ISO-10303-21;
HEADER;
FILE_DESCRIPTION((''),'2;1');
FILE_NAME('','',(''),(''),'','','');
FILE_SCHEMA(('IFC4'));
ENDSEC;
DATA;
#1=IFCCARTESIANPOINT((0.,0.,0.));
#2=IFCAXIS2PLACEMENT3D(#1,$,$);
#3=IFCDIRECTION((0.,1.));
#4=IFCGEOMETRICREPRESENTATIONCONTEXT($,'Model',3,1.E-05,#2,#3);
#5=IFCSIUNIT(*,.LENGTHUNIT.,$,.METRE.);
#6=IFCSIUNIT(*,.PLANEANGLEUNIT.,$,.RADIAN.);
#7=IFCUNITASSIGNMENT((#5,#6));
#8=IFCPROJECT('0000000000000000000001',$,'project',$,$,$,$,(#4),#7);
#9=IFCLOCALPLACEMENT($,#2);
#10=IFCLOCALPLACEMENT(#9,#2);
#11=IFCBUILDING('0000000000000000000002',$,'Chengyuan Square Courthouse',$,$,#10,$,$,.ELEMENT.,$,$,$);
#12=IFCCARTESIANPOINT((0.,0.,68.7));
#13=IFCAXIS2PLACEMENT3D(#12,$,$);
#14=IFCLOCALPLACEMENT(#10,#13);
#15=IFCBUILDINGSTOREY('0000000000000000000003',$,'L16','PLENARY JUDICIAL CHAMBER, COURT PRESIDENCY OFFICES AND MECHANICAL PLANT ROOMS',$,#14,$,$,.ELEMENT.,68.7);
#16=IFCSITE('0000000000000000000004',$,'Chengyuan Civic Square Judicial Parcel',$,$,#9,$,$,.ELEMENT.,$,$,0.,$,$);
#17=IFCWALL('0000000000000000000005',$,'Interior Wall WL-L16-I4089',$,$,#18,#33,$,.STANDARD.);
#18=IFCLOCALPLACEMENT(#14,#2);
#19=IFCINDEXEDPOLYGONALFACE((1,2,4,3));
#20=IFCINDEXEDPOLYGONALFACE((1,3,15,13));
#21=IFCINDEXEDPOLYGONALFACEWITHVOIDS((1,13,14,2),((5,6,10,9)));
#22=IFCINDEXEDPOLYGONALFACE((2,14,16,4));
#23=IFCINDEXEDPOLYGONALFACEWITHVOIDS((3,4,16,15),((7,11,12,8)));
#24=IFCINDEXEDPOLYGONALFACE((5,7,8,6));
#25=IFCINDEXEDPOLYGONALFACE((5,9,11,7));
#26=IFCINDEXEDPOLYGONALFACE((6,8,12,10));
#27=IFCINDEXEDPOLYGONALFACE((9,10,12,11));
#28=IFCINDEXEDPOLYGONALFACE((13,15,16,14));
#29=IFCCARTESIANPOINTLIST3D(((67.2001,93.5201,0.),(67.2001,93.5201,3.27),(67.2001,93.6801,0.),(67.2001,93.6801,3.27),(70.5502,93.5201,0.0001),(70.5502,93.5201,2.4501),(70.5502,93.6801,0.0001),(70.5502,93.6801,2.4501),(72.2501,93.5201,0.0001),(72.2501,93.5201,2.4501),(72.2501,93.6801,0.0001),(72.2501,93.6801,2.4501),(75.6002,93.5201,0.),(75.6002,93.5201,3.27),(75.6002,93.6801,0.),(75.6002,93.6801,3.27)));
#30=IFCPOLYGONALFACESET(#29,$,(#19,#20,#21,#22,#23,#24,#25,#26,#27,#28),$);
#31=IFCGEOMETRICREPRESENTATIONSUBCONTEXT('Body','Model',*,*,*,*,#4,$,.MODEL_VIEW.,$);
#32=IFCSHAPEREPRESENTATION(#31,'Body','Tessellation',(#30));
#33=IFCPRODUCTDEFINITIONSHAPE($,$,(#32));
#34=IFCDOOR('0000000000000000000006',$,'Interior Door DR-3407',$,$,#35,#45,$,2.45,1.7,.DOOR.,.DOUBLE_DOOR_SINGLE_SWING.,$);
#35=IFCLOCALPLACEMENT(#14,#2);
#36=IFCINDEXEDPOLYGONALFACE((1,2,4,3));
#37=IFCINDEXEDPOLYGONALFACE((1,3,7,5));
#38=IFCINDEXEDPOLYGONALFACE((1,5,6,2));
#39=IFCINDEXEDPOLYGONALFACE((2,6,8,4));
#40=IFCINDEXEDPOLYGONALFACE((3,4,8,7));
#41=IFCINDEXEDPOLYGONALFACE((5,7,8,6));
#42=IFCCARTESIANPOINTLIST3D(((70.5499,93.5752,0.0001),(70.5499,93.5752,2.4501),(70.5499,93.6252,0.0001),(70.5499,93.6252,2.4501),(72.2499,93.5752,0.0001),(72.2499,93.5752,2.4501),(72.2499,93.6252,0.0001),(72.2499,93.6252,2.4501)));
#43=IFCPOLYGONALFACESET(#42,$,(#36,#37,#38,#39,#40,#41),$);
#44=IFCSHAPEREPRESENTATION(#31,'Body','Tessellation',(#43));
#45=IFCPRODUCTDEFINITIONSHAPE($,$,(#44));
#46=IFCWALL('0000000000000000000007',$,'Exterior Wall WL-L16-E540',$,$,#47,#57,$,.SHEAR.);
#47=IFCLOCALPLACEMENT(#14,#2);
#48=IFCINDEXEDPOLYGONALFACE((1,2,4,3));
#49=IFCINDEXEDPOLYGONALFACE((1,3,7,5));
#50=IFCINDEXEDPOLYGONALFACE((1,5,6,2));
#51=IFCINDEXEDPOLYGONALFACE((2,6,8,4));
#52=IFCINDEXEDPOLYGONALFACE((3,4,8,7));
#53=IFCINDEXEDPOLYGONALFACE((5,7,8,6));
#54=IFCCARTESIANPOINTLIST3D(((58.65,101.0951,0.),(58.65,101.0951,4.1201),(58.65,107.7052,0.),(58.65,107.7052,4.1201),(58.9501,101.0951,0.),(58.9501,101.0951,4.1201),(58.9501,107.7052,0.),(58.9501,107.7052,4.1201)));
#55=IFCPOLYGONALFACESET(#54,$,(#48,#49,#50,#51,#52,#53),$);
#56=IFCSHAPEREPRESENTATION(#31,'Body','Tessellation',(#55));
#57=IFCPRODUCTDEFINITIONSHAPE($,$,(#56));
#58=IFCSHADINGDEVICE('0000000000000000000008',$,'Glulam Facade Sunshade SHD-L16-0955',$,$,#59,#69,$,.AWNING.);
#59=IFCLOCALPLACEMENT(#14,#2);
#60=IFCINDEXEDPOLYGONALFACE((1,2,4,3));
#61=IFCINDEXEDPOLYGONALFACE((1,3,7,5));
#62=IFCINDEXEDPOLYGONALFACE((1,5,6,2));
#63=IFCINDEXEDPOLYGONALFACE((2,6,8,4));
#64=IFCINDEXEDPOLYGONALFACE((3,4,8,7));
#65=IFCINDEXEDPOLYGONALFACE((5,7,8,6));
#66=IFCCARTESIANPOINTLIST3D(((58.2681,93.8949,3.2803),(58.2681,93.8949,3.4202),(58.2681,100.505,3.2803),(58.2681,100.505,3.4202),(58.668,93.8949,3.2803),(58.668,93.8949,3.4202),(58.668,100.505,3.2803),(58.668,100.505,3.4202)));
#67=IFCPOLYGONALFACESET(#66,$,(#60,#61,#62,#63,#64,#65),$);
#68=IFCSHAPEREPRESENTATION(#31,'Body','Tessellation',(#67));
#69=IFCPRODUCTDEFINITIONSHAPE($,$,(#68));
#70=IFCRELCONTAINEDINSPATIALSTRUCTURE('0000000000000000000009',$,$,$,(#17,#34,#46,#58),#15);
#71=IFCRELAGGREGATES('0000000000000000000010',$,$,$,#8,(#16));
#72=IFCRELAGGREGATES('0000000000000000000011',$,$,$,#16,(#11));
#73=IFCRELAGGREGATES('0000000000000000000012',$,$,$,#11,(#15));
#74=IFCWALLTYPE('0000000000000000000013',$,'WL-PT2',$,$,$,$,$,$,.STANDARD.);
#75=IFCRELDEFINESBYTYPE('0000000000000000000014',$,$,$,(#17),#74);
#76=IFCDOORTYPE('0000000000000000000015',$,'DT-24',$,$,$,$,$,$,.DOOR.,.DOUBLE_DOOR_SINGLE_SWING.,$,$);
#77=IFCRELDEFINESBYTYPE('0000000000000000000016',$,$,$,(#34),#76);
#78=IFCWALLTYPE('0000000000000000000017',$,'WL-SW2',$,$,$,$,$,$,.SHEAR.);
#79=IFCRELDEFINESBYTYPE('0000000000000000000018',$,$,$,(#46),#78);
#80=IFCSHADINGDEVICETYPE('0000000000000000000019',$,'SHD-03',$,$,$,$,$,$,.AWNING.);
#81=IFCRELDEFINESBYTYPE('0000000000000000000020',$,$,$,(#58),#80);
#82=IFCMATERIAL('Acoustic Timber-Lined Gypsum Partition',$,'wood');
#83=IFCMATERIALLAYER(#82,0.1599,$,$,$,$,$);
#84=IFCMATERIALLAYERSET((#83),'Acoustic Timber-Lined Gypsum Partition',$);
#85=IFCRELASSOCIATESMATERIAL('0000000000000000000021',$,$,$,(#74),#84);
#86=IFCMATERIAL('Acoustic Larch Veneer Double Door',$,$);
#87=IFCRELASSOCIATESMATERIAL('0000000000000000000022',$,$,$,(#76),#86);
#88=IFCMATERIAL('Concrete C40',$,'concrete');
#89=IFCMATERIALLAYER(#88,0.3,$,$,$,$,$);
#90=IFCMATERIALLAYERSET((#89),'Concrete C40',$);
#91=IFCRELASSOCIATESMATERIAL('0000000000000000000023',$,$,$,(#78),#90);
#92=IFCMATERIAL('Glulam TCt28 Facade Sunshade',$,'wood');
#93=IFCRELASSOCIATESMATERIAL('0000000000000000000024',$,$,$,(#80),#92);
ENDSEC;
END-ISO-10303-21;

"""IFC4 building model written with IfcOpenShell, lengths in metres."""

from ifc_helpers import new_model, si_unit, direction, frame, frame_2d, origin, origin_2d, place, context, subcontext, project, spatial, rectangle, extrude, material, layer, layer_set, type_object, element, fill, save


model = new_model("IFC4")

# Units and contexts
model_context = context("Model", 3, precision=1e-05, world=origin(), true_north=direction((0.0, 1.0)))
body_context = subcontext(model_context, "Body", "Model", "MODEL_VIEW")
ifc_project = project(units=[si_unit("LENGTHUNIT", "METRE"), si_unit("PLANEANGLEUNIT", "RADIAN")], contexts=[model_context])

# Site, building, storey
site_placement = place(None, origin())
site = spatial("IfcSite", under=ifc_project, at=site_placement, Name="Chengyuan Civic Square Judicial Parcel", CompositionType="ELEMENT", RefElevation=0.0)
building_placement = place(site_placement, origin())
building = spatial("IfcBuilding", under=site, at=building_placement, Name="Chengyuan Square Courthouse", CompositionType="ELEMENT")
storey_placement = place(building_placement, frame((0.0, 0.0, 68.7)))
storey = spatial("IfcBuildingStorey", under=building, at=storey_placement, Name="L16", Description="PLENARY JUDICIAL CHAMBER, COURT PRESIDENCY OFFICES AND MECHANICAL PLANT ROOMS", CompositionType="ELEMENT", Elevation=68.7)

# Shared definitions
ifc_material_1 = material(Name="Concrete C40", Category="concrete")

# Wall, opening, door
ifc_material_2 = material(Name="Acoustic Timber-Lined Gypsum Partition", Category="wood")
ifc_layer_1 = layer(ifc_material_2, 0.1599)
ifc_layer_set_1 = layer_set([ifc_layer_1], Name="Acoustic Timber-Lined Gypsum Partition")
wall_type_1 = type_object("IfcWallType", Name="WL-PT2", PredefinedType="STANDARD", material=ifc_layer_set_1)
wall_1_placement = place(storey_placement, frame((67.2, 93.6001, 0.0), z_axis=(0.0, 0.0, 1.0), x_axis=(1.0, 0.0, 0.0)))
wall_1 = element("IfcWall", 1, at=wall_1_placement, inside=storey, type_object=wall_type_1, Name="Interior Wall WL-L16-I4089", PredefinedType="STANDARD", context=body_context, shape_type="SweptSolid", body=[
    extrude(rectangle(XDim=8.4001, YDim=0.1599, at=frame_2d((4.2002, 0.0))), origin(), (0.0, 0.0, 1.0), 3.27),
])
opening_1_placement = place(wall_1_placement, frame((3.3501, 0.0, 0.0)))
opening_1 = element("IfcOpeningElement", 2, at=opening_1_placement, cuts=wall_1, PredefinedType="OPENING", context=body_context, shape_type="SweptSolid", body=[
    extrude(rectangle(XDim=1.7, YDim=2.45, at=frame_2d((0.8501, 1.2251))), frame((0.0, 0.092, 0.0), z_axis=(0.0, -1.0, 0.0), x_axis=(1.0, 0.0, 0.0)), (0.0, 0.0, 1.0), 0.1838),
])
ifc_material_3 = material(Name="Acoustic Larch Veneer Double Door")
door_type_1 = type_object("IfcDoorType", Name="DT-24", OperationType="DOUBLE_DOOR_SINGLE_SWING", PredefinedType="DOOR", material=ifc_material_3)
door_1_placement = place(opening_1_placement, frame((1.7, 0.0, 0.0), z_axis=(0.0, 0.0, 1.0), x_axis=(-1.0, 0.0, 0.0)))
door_1 = element("IfcDoor", 3, at=door_1_placement, inside=storey, type_object=door_type_1, Name="Interior Door DR-3407", OperationType="DOUBLE_DOOR_SINGLE_SWING", OverallHeight=2.45, OverallWidth=1.7, PredefinedType="DOOR", context=body_context, shape_type="SweptSolid", body=[
    extrude(rectangle(XDim=1.7, YDim=2.45, at=frame_2d((0.8501, 1.2251))), frame((0.0, 0.0249, 0.0), z_axis=(0.0, -1.0, 0.0), x_axis=(1.0, 0.0, 0.0)), (0.0, 0.0, 1.0), 0.05),
])
fill(opening_1, door_1)

# Wall
ifc_layer_2 = layer(ifc_material_1, 0.3)
ifc_layer_set_2 = layer_set([ifc_layer_2], Name="Concrete C40")
wall_type_2 = type_object("IfcWallType", Name="WL-SW2", PredefinedType="SHEAR", material=ifc_layer_set_2)
wall_2_placement = place(storey_placement, frame((58.8, 101.095, 0.0), z_axis=(0.0, 0.0, 1.0), x_axis=(0.0, 1.0, 0.0)))
element("IfcWall", 4, at=wall_2_placement, inside=storey, type_object=wall_type_2, Name="Exterior Wall WL-L16-E540", PredefinedType="SHEAR", context=body_context, shape_type="SweptSolid", body=[
    extrude(rectangle(XDim=6.6101, YDim=0.3, at=frame_2d((3.3052, 0.0))), origin(), (0.0, 0.0, 1.0), 4.1201),
])

# Shading device
ifc_material_4 = material(Name="Glulam TCt28 Facade Sunshade", Category="wood")
shading_device_type = type_object("IfcShadingDeviceType", Name="SHD-03", PredefinedType="AWNING", material=ifc_material_4)
shading_device_placement = place(storey_placement, frame((58.468, 97.2, 3.2803), z_axis=(0.0, 0.0, 1.0), x_axis=(0.0, 1.0, 0.0)))
element("IfcShadingDevice", 5, at=shading_device_placement, inside=storey, type_object=shading_device_type, Name="Glulam Facade Sunshade SHD-L16-0955", PredefinedType="AWNING", context=body_context, shape_type="SweptSolid", body=[
    extrude(rectangle(XDim=6.6101, YDim=0.3999, at=origin_2d()), origin(), (0.0, 0.0, 1.0), 0.1399),
])

save(model, "model.ifc")
